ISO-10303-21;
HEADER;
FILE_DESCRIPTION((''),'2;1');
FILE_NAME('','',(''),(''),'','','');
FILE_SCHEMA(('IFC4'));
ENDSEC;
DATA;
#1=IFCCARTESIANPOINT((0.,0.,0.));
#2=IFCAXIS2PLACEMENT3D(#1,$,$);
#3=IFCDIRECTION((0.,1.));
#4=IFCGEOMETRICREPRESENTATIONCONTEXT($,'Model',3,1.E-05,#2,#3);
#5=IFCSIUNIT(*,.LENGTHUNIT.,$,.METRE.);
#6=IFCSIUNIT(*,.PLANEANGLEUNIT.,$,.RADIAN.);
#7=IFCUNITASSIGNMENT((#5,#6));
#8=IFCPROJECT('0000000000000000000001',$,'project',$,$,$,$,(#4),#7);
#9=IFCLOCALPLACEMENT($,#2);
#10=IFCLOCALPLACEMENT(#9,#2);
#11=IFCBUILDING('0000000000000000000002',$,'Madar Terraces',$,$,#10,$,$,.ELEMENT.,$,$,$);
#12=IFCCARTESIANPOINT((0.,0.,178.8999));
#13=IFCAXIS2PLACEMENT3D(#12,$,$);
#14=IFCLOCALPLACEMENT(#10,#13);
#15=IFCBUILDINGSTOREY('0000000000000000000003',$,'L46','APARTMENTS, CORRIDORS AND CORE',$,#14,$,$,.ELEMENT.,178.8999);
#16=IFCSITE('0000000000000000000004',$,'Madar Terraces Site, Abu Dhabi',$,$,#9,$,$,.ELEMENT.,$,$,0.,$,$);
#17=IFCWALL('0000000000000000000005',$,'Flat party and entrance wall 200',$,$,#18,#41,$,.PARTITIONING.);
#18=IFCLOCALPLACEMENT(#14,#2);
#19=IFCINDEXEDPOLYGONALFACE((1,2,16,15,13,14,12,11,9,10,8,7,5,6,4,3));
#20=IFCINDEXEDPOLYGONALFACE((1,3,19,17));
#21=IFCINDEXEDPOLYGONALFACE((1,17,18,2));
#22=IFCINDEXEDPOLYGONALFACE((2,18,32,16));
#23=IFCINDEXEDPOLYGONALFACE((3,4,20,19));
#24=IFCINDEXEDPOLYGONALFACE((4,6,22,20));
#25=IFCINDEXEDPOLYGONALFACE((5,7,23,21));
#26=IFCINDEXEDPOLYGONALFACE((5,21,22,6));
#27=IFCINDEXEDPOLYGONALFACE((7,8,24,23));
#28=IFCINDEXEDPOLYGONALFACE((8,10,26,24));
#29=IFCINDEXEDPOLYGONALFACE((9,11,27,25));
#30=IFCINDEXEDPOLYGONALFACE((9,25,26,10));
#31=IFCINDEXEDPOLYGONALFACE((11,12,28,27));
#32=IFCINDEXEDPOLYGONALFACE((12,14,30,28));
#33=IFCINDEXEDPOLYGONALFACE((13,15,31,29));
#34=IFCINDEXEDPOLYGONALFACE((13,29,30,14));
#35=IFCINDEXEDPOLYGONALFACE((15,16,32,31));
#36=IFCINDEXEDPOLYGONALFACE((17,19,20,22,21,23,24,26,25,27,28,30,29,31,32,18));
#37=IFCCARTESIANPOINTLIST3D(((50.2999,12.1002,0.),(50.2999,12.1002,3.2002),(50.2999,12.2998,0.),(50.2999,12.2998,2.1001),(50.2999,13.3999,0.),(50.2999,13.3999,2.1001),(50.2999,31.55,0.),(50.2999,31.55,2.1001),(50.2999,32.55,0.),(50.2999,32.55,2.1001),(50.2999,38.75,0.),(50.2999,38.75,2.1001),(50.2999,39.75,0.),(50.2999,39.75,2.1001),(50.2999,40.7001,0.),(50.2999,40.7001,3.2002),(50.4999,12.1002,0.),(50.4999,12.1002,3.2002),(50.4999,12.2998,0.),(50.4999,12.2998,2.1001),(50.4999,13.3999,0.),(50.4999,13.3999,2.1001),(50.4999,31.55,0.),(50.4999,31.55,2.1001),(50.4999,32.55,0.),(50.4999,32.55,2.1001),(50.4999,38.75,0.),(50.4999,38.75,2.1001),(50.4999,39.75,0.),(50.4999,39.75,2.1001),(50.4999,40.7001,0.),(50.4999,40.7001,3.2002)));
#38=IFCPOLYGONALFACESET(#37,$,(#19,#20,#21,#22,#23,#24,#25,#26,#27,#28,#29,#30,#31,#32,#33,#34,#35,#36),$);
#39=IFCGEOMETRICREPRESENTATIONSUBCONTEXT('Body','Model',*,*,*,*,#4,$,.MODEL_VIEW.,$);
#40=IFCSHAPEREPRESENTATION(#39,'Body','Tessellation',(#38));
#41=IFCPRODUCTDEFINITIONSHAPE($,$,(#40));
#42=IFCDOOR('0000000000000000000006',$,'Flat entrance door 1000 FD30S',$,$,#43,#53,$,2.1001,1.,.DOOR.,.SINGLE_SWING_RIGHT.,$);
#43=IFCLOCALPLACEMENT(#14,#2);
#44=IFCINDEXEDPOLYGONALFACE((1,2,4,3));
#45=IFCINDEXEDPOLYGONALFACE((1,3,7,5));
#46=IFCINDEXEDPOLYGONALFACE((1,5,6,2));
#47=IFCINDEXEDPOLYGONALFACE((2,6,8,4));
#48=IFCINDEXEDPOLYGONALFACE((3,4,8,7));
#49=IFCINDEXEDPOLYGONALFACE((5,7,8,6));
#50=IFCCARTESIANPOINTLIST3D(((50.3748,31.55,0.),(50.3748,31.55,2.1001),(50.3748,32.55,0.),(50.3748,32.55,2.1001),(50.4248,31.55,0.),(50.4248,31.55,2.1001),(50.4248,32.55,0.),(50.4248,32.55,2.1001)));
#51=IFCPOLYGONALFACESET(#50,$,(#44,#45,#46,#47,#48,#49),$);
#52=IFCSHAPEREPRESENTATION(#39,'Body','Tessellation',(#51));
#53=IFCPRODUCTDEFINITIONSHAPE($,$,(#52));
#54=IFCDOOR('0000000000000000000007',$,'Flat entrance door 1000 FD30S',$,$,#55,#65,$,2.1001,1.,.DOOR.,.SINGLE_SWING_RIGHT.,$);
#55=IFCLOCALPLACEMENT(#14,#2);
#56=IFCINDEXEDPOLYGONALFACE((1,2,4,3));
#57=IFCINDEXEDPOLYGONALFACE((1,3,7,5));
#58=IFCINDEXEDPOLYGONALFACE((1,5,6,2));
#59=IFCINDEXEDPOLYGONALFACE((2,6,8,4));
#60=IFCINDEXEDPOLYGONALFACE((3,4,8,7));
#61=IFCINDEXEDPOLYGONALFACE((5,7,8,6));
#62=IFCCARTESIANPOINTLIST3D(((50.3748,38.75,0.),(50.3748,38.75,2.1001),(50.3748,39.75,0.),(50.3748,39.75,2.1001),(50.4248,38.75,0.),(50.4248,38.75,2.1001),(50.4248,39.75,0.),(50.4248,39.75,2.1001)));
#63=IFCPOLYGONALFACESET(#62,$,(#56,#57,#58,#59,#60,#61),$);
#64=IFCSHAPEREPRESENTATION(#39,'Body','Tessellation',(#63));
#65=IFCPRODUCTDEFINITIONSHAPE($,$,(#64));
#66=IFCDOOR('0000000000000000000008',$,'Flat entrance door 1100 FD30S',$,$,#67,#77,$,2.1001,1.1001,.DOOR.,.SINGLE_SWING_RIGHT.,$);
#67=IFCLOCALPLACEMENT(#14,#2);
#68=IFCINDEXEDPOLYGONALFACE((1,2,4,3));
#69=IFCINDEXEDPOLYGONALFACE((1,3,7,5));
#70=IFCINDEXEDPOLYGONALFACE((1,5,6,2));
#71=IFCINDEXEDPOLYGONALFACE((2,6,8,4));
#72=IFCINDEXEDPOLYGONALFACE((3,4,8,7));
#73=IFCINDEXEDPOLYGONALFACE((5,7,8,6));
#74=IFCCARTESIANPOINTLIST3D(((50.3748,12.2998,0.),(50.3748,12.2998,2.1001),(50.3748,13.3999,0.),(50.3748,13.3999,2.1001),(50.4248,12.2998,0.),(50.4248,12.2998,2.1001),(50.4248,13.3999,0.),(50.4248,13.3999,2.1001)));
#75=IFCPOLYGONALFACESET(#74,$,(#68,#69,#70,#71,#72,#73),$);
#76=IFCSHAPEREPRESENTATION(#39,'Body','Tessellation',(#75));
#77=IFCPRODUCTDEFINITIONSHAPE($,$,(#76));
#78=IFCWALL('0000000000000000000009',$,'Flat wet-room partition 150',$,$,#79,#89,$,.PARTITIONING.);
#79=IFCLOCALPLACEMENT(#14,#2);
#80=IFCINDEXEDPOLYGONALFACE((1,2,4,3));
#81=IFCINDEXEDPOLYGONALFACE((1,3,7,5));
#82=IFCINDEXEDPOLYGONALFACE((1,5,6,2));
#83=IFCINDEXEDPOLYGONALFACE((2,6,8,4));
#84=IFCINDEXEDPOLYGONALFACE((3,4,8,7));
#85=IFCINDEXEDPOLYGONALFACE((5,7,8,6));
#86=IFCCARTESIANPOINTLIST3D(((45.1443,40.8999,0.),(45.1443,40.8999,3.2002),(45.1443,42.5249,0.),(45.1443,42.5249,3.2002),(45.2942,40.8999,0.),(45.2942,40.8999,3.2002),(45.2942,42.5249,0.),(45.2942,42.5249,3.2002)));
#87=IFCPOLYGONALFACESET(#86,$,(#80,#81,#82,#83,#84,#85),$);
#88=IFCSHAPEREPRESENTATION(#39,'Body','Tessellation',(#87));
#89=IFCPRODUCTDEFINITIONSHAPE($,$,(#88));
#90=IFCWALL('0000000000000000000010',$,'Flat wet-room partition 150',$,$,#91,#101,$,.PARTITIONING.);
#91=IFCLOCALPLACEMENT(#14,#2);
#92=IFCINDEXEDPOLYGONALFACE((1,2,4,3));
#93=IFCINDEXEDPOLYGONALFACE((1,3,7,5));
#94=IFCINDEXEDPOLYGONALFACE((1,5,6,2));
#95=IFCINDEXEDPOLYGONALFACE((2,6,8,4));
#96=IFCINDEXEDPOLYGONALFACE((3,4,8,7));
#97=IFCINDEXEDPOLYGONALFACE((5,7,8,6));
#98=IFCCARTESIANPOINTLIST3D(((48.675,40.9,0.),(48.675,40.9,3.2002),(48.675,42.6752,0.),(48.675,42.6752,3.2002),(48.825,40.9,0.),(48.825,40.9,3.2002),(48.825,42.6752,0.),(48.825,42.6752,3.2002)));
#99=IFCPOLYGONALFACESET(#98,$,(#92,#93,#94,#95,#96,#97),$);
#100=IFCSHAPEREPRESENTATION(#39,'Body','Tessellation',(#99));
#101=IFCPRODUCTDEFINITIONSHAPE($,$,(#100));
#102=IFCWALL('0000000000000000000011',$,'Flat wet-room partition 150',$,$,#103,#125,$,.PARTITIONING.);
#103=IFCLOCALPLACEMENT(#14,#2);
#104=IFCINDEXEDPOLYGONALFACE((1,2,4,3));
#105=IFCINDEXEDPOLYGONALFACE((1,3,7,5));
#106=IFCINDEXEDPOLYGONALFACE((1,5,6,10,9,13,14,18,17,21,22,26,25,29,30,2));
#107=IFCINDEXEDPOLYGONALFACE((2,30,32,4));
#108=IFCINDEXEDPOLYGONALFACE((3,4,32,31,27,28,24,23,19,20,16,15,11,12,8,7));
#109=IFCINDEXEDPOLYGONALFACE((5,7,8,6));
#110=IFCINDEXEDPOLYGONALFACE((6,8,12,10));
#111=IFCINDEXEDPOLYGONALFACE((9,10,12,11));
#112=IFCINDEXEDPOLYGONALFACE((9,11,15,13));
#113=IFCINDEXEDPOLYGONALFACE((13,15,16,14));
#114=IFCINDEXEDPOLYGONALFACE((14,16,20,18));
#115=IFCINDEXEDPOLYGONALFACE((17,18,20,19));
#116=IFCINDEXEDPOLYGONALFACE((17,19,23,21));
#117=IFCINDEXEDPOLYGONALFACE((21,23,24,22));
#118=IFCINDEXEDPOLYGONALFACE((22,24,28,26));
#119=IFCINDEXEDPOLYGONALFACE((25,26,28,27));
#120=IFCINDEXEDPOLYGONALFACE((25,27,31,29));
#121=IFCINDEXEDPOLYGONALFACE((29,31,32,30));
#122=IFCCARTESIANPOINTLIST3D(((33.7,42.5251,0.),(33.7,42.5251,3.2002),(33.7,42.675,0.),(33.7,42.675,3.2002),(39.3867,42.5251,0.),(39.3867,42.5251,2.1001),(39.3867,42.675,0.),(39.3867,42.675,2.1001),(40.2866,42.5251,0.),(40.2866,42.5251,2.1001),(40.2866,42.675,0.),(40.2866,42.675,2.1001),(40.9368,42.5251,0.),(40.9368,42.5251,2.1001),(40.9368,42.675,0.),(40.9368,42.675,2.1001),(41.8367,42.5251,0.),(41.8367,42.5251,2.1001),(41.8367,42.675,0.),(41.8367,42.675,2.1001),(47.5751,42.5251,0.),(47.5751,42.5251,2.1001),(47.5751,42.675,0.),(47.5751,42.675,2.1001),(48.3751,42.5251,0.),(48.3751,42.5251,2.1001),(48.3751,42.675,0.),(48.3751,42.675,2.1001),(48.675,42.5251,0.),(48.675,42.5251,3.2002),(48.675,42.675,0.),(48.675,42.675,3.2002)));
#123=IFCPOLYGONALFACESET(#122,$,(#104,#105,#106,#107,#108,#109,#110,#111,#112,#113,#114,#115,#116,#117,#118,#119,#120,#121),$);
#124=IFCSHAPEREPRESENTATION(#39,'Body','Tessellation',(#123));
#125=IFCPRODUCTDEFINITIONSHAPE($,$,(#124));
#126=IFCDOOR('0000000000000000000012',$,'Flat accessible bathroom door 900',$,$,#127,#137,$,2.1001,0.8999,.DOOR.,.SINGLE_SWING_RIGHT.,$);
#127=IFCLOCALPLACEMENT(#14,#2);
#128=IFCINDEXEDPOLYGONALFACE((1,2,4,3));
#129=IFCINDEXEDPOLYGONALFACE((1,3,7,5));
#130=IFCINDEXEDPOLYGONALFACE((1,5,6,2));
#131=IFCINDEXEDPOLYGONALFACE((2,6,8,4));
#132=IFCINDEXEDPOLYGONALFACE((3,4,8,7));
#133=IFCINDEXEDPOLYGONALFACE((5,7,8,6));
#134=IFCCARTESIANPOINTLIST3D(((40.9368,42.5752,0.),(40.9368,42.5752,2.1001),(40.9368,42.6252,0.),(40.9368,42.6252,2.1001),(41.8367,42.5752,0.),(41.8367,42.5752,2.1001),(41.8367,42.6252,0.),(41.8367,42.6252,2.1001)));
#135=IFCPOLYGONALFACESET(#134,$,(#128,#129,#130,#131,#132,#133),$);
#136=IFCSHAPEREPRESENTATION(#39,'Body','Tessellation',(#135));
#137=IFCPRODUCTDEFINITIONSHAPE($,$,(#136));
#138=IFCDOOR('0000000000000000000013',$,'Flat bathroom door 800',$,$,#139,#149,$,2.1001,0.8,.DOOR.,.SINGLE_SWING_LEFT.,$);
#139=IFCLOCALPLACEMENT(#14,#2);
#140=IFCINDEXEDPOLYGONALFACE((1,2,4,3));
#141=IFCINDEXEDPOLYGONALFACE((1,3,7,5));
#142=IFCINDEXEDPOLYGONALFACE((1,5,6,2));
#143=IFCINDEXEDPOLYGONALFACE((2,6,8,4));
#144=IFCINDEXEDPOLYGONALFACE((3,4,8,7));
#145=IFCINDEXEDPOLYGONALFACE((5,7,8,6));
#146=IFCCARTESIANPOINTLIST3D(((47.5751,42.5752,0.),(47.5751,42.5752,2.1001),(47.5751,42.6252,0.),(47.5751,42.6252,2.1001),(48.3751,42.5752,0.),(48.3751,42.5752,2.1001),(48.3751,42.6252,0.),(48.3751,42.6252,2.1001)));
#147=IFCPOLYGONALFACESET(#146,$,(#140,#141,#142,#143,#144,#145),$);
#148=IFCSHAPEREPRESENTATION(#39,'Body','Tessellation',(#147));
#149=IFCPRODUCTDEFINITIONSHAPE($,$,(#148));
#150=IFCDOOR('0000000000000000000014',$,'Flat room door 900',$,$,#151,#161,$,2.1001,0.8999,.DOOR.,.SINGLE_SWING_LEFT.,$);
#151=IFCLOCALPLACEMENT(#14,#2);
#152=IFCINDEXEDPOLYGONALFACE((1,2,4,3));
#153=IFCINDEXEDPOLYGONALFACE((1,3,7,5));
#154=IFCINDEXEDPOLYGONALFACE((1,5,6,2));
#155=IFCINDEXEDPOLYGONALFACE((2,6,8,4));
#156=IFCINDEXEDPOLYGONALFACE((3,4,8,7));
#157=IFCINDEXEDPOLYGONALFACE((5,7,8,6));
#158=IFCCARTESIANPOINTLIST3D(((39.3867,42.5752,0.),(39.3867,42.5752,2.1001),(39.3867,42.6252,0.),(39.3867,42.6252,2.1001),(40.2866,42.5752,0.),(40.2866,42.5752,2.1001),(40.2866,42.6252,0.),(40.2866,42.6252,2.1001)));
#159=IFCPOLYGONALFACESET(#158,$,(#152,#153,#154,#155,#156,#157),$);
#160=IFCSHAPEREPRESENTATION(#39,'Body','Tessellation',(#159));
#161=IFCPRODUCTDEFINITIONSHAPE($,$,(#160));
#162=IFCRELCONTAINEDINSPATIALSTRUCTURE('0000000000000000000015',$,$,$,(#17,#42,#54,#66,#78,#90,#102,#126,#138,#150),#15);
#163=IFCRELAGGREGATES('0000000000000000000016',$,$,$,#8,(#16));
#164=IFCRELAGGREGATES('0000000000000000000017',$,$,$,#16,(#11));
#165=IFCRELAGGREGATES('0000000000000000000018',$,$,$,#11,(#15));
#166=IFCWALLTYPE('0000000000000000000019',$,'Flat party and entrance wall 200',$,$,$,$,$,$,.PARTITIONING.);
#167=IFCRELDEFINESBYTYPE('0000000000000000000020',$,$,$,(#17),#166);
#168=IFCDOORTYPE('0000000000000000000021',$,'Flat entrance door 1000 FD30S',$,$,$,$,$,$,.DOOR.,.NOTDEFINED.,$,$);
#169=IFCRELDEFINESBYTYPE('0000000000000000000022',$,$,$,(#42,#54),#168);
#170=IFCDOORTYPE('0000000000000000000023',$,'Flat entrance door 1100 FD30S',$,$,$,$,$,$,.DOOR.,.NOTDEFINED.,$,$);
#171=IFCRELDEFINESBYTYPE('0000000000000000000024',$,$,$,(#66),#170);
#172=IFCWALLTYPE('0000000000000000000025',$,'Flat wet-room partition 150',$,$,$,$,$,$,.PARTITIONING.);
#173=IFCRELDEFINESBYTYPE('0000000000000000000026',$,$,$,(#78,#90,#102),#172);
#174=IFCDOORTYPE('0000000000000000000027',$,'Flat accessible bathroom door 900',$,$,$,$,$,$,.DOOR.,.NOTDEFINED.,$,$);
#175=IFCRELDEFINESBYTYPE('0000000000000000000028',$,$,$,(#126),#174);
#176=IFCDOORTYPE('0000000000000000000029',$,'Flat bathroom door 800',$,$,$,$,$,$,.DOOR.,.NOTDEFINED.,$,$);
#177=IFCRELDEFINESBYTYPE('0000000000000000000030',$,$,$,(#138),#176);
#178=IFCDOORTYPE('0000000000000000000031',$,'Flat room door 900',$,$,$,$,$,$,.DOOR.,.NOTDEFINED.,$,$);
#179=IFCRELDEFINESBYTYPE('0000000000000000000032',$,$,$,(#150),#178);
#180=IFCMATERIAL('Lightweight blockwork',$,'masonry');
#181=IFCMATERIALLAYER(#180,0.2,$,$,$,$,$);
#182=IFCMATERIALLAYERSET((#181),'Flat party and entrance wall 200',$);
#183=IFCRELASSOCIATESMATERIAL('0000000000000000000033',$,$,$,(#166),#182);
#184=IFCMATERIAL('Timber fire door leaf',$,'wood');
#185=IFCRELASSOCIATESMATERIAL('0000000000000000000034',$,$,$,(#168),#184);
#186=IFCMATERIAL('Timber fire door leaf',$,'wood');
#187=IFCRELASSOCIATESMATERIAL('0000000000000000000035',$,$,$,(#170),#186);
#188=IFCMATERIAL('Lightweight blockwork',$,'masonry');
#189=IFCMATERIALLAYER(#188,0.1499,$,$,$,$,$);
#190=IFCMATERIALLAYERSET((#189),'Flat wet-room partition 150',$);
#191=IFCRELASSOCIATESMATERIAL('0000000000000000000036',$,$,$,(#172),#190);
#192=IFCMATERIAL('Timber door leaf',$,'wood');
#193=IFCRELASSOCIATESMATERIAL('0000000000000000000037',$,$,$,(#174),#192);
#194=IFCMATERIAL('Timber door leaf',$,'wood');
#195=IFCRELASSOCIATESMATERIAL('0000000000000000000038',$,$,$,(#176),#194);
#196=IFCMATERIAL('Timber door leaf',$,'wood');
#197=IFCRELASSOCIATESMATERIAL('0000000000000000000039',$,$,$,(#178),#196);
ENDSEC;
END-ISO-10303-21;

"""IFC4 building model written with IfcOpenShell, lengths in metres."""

from ifc_helpers import new_model, si_unit, direction, frame, frame_2d, origin, place, context, subcontext, project, spatial, rectangle, extrude, material, layer, layer_set, type_object, element, fill, save


model = new_model("IFC4")

# Units and contexts
model_context = context("Model", 3, precision=1e-05, world=origin(), true_north=direction((0.0, 1.0)))
body_context = subcontext(model_context, "Body", "Model", "MODEL_VIEW")
ifc_project = project(units=[si_unit("LENGTHUNIT", "METRE"), si_unit("PLANEANGLEUNIT", "RADIAN")], contexts=[model_context])

# Site, building, storey
site_placement = place(None, origin())
site = spatial("IfcSite", under=ifc_project, at=site_placement, Name="Madar Terraces Site, Abu Dhabi", CompositionType="ELEMENT", RefElevation=0.0)
building_placement = place(site_placement, origin())
building = spatial("IfcBuilding", under=site, at=building_placement, Name="Madar Terraces", CompositionType="ELEMENT")
storey_placement = place(building_placement, frame((0.0, 0.0, 178.8999)))
storey = spatial("IfcBuildingStorey", under=building, at=storey_placement, Name="L46", Description="APARTMENTS, CORRIDORS AND CORE", CompositionType="ELEMENT", Elevation=178.8999)

# Wall, openings, doors
ifc_material_1 = material(Name="Lightweight blockwork", Category="masonry")
ifc_layer_1 = layer(ifc_material_1, 0.2)
ifc_layer_set_1 = layer_set([ifc_layer_1], Name="Flat party and entrance wall 200")
wall_type_1 = type_object("IfcWallType", Name="Flat party and entrance wall 200", PredefinedType="PARTITIONING", material=ifc_layer_set_1)
wall_1_placement = place(storey_placement, frame((50.3999, 40.7, 0.0), z_axis=(0.0, 0.0, 1.0), x_axis=(0.0, -1.0, 0.0)))
wall_1 = element("IfcWall", 1, at=wall_1_placement, inside=storey, type_object=wall_type_1, Name="Flat party and entrance wall 200", PredefinedType="PARTITIONING", context=body_context, shape_type="SweptSolid", body=[
    extrude(rectangle(XDim=28.5999, YDim=0.2, at=frame_2d((14.2998, 0.0))), origin(), (0.0, 0.0, 1.0), 3.2002),
])
opening_1_placement = place(wall_1_placement, frame((27.3, 0.0, 0.0)))
opening_1 = element("IfcOpeningElement", 2, at=opening_1_placement, cuts=wall_1, PredefinedType="OPENING", context=body_context, shape_type="SweptSolid", body=[
    extrude(rectangle(XDim=1.1001, YDim=2.1001, at=frame_2d((0.55, 1.05))), frame((0.0, 0.1099, 0.0), z_axis=(0.0, -1.0, 0.0), x_axis=(1.0, 0.0, 0.0)), (0.0, 0.0, 1.0), 0.22),
])
opening_2_placement = place(wall_1_placement, frame((8.1499, 0.0, 0.0)))
opening_2 = element("IfcOpeningElement", 3, at=opening_2_placement, cuts=wall_1, PredefinedType="OPENING", context=body_context, shape_type="SweptSolid", body=[
    extrude(rectangle(XDim=1.0, YDim=2.1001, at=frame_2d((0.5, 1.05))), frame((0.0, 0.1099, 0.0), z_axis=(0.0, -1.0, 0.0), x_axis=(1.0, 0.0, 0.0)), (0.0, 0.0, 1.0), 0.22),
])
opening_3_placement = place(wall_1_placement, frame((0.95, 0.0, 0.0)))
opening_3 = element("IfcOpeningElement", 4, at=opening_3_placement, cuts=wall_1, PredefinedType="OPENING", context=body_context, shape_type="SweptSolid", body=[
    extrude(rectangle(XDim=1.0, YDim=2.1001, at=frame_2d((0.5, 1.05))), frame((0.0, 0.1099, 0.0), z_axis=(0.0, -1.0, 0.0), x_axis=(1.0, 0.0, 0.0)), (0.0, 0.0, 1.0), 0.22),
])
ifc_material_2 = material(Name="Timber fire door leaf", Category="wood")
door_type_1 = type_object("IfcDoorType", Name="Flat entrance door 1000 FD30S", OperationType="NOTDEFINED", PredefinedType="DOOR", material=ifc_material_2)
door_1_placement = place(opening_2_placement, origin())
door_1 = element("IfcDoor", 5, at=door_1_placement, inside=storey, type_object=door_type_1, Name="Flat entrance door 1000 FD30S", OperationType="SINGLE_SWING_RIGHT", OverallHeight=2.1001, OverallWidth=1.0, PredefinedType="DOOR", context=body_context, shape_type="SweptSolid", body=[
    extrude(rectangle(XDim=1.0, YDim=2.1001, at=frame_2d((0.5, 1.05))), frame((0.0, 0.0249, 0.0), z_axis=(0.0, -1.0, 0.0), x_axis=(1.0, 0.0, 0.0)), (0.0, 0.0, 1.0), 0.05),
])
fill(opening_2, door_1)
door_2_placement = place(opening_3_placement, origin())
door_2 = element("IfcDoor", 6, at=door_2_placement, inside=storey, type_object=door_type_1, Name="Flat entrance door 1000 FD30S", OperationType="SINGLE_SWING_RIGHT", OverallHeight=2.1001, OverallWidth=1.0, PredefinedType="DOOR", context=body_context, shape_type="SweptSolid", body=[
    extrude(rectangle(XDim=1.0, YDim=2.1001, at=frame_2d((0.5, 1.05))), frame((0.0, 0.0249, 0.0), z_axis=(0.0, -1.0, 0.0), x_axis=(1.0, 0.0, 0.0)), (0.0, 0.0, 1.0), 0.05),
])
fill(opening_3, door_2)
ifc_material_3 = material(Name="Timber fire door leaf", Category="wood")
door_type_2 = type_object("IfcDoorType", Name="Flat entrance door 1100 FD30S", OperationType="NOTDEFINED", PredefinedType="DOOR", material=ifc_material_3)
door_3_placement = place(opening_1_placement, origin())
door_3 = element("IfcDoor", 7, at=door_3_placement, inside=storey, type_object=door_type_2, Name="Flat entrance door 1100 FD30S", OperationType="SINGLE_SWING_RIGHT", OverallHeight=2.1001, OverallWidth=1.1001, PredefinedType="DOOR", context=body_context, shape_type="SweptSolid", body=[
    extrude(rectangle(XDim=1.1001, YDim=2.1001, at=frame_2d((0.55, 1.05))), frame((0.0, 0.0249, 0.0), z_axis=(0.0, -1.0, 0.0), x_axis=(1.0, 0.0, 0.0)), (0.0, 0.0, 1.0), 0.05),
])
fill(opening_1, door_3)

# Walls
ifc_material_4 = material(Name="Lightweight blockwork", Category="masonry")
ifc_layer_2 = layer(ifc_material_4, 0.1499)
ifc_layer_set_2 = layer_set([ifc_layer_2], Name="Flat wet-room partition 150")
wall_type_2 = type_object("IfcWallType", Name="Flat wet-room partition 150", PredefinedType="PARTITIONING", material=ifc_layer_set_2)
wall_2_placement = place(storey_placement, frame((45.2192, 40.8999, 0.0), z_axis=(0.0, 0.0, 1.0), x_axis=(0.0, 1.0, 0.0)))
element("IfcWall", 8, at=wall_2_placement, inside=storey, type_object=wall_type_2, Name="Flat wet-room partition 150", PredefinedType="PARTITIONING", context=body_context, shape_type="SweptSolid", body=[
    extrude(rectangle(XDim=1.625, YDim=0.1499, at=frame_2d((0.8125, 0.0))), origin(), (0.0, 0.0, 1.0), 3.2002),
])
wall_3_placement = place(storey_placement, frame((48.75, 40.8999, 0.0), z_axis=(0.0, 0.0, 1.0), x_axis=(0.0, 1.0, 0.0)))
element("IfcWall", 9, at=wall_3_placement, inside=storey, type_object=wall_type_2, Name="Flat wet-room partition 150", PredefinedType="PARTITIONING", context=body_context, shape_type="SweptSolid", body=[
    extrude(rectangle(XDim=1.7751, YDim=0.1499, at=frame_2d((0.8877, 0.0))), origin(), (0.0, 0.0, 1.0), 3.2002),
])

# Wall, openings, doors
wall_4_placement = place(storey_placement, frame((48.675, 42.6001, 0.0), z_axis=(0.0, 0.0, 1.0), x_axis=(-1.0, 0.0, 0.0)))
wall_4 = element("IfcWall", 10, at=wall_4_placement, inside=storey, type_object=wall_type_2, Name="Flat wet-room partition 150", PredefinedType="PARTITIONING", context=body_context, shape_type="SweptSolid", body=[
    extrude(rectangle(XDim=14.9751, YDim=0.1499, at=frame_2d((7.4875, 0.0))), origin(), (0.0, 0.0, 1.0), 3.2002),
])
opening_4_placement = place(wall_4_placement, frame((0.3, 0.0, 0.0)))
opening_4 = element("IfcOpeningElement", 11, at=opening_4_placement, cuts=wall_4, PredefinedType="OPENING", context=body_context, shape_type="SweptSolid", body=[
    extrude(rectangle(XDim=0.8, YDim=2.1001, at=frame_2d((0.3999, 1.05))), frame((0.0, 0.085, 0.0), z_axis=(0.0, -1.0, 0.0), x_axis=(1.0, 0.0, 0.0)), (0.0, 0.0, 1.0), 0.1699),
])
opening_5_placement = place(wall_4_placement, frame((6.8384, 0.0, 0.0)))
opening_5 = element("IfcOpeningElement", 12, at=opening_5_placement, cuts=wall_4, PredefinedType="OPENING", context=body_context, shape_type="SweptSolid", body=[
    extrude(rectangle(XDim=0.8999, YDim=2.1001, at=frame_2d((0.45, 1.05))), frame((0.0, 0.085, 0.0), z_axis=(0.0, -1.0, 0.0), x_axis=(1.0, 0.0, 0.0)), (0.0, 0.0, 1.0), 0.1699),
])
opening_6_placement = place(wall_4_placement, frame((8.3884, 0.0, 0.0)))
opening_6 = element("IfcOpeningElement", 13, at=opening_6_placement, cuts=wall_4, PredefinedType="OPENING", context=body_context, shape_type="SweptSolid", body=[
    extrude(rectangle(XDim=0.8999, YDim=2.1001, at=frame_2d((0.45, 1.05))), frame((0.0, 0.085, 0.0), z_axis=(0.0, -1.0, 0.0), x_axis=(1.0, 0.0, 0.0)), (0.0, 0.0, 1.0), 0.1699),
])
ifc_material_5 = material(Name="Timber door leaf", Category="wood")
door_type_3 = type_object("IfcDoorType", Name="Flat accessible bathroom door 900", OperationType="NOTDEFINED", PredefinedType="DOOR", material=ifc_material_5)
door_4_placement = place(opening_5_placement, origin())
door_4 = element("IfcDoor", 14, at=door_4_placement, inside=storey, type_object=door_type_3, Name="Flat accessible bathroom door 900", OperationType="SINGLE_SWING_RIGHT", OverallHeight=2.1001, OverallWidth=0.8999, PredefinedType="DOOR", context=body_context, shape_type="SweptSolid", body=[
    extrude(rectangle(XDim=0.8999, YDim=2.1001, at=frame_2d((0.45, 1.05))), frame((0.0, 0.0249, 0.0), z_axis=(0.0, -1.0, 0.0), x_axis=(1.0, 0.0, 0.0)), (0.0, 0.0, 1.0), 0.05),
])
fill(opening_5, door_4)
ifc_material_6 = material(Name="Timber door leaf", Category="wood")
door_type_4 = type_object("IfcDoorType", Name="Flat bathroom door 800", OperationType="NOTDEFINED", PredefinedType="DOOR", material=ifc_material_6)
door_5_placement = place(opening_4_placement, origin())
door_5 = element("IfcDoor", 15, at=door_5_placement, inside=storey, type_object=door_type_4, Name="Flat bathroom door 800", OperationType="SINGLE_SWING_LEFT", OverallHeight=2.1001, OverallWidth=0.8, PredefinedType="DOOR", context=body_context, shape_type="SweptSolid", body=[
    extrude(rectangle(XDim=0.8, YDim=2.1001, at=frame_2d((0.3999, 1.05))), frame((0.0, 0.0249, 0.0), z_axis=(0.0, -1.0, 0.0), x_axis=(1.0, 0.0, 0.0)), (0.0, 0.0, 1.0), 0.05),
])
fill(opening_4, door_5)
ifc_material_7 = material(Name="Timber door leaf", Category="wood")
door_type_5 = type_object("IfcDoorType", Name="Flat room door 900", OperationType="NOTDEFINED", PredefinedType="DOOR", material=ifc_material_7)
door_6_placement = place(opening_6_placement, origin())
door_6 = element("IfcDoor", 16, at=door_6_placement, inside=storey, type_object=door_type_5, Name="Flat room door 900", OperationType="SINGLE_SWING_LEFT", OverallHeight=2.1001, OverallWidth=0.8999, PredefinedType="DOOR", context=body_context, shape_type="SweptSolid", body=[
    extrude(rectangle(XDim=0.8999, YDim=2.1001, at=frame_2d((0.45, 1.05))), frame((0.0, 0.0249, 0.0), z_axis=(0.0, -1.0, 0.0), x_axis=(1.0, 0.0, 0.0)), (0.0, 0.0, 1.0), 0.05),
])
fill(opening_6, door_6)

save(model, "model.ifc")
